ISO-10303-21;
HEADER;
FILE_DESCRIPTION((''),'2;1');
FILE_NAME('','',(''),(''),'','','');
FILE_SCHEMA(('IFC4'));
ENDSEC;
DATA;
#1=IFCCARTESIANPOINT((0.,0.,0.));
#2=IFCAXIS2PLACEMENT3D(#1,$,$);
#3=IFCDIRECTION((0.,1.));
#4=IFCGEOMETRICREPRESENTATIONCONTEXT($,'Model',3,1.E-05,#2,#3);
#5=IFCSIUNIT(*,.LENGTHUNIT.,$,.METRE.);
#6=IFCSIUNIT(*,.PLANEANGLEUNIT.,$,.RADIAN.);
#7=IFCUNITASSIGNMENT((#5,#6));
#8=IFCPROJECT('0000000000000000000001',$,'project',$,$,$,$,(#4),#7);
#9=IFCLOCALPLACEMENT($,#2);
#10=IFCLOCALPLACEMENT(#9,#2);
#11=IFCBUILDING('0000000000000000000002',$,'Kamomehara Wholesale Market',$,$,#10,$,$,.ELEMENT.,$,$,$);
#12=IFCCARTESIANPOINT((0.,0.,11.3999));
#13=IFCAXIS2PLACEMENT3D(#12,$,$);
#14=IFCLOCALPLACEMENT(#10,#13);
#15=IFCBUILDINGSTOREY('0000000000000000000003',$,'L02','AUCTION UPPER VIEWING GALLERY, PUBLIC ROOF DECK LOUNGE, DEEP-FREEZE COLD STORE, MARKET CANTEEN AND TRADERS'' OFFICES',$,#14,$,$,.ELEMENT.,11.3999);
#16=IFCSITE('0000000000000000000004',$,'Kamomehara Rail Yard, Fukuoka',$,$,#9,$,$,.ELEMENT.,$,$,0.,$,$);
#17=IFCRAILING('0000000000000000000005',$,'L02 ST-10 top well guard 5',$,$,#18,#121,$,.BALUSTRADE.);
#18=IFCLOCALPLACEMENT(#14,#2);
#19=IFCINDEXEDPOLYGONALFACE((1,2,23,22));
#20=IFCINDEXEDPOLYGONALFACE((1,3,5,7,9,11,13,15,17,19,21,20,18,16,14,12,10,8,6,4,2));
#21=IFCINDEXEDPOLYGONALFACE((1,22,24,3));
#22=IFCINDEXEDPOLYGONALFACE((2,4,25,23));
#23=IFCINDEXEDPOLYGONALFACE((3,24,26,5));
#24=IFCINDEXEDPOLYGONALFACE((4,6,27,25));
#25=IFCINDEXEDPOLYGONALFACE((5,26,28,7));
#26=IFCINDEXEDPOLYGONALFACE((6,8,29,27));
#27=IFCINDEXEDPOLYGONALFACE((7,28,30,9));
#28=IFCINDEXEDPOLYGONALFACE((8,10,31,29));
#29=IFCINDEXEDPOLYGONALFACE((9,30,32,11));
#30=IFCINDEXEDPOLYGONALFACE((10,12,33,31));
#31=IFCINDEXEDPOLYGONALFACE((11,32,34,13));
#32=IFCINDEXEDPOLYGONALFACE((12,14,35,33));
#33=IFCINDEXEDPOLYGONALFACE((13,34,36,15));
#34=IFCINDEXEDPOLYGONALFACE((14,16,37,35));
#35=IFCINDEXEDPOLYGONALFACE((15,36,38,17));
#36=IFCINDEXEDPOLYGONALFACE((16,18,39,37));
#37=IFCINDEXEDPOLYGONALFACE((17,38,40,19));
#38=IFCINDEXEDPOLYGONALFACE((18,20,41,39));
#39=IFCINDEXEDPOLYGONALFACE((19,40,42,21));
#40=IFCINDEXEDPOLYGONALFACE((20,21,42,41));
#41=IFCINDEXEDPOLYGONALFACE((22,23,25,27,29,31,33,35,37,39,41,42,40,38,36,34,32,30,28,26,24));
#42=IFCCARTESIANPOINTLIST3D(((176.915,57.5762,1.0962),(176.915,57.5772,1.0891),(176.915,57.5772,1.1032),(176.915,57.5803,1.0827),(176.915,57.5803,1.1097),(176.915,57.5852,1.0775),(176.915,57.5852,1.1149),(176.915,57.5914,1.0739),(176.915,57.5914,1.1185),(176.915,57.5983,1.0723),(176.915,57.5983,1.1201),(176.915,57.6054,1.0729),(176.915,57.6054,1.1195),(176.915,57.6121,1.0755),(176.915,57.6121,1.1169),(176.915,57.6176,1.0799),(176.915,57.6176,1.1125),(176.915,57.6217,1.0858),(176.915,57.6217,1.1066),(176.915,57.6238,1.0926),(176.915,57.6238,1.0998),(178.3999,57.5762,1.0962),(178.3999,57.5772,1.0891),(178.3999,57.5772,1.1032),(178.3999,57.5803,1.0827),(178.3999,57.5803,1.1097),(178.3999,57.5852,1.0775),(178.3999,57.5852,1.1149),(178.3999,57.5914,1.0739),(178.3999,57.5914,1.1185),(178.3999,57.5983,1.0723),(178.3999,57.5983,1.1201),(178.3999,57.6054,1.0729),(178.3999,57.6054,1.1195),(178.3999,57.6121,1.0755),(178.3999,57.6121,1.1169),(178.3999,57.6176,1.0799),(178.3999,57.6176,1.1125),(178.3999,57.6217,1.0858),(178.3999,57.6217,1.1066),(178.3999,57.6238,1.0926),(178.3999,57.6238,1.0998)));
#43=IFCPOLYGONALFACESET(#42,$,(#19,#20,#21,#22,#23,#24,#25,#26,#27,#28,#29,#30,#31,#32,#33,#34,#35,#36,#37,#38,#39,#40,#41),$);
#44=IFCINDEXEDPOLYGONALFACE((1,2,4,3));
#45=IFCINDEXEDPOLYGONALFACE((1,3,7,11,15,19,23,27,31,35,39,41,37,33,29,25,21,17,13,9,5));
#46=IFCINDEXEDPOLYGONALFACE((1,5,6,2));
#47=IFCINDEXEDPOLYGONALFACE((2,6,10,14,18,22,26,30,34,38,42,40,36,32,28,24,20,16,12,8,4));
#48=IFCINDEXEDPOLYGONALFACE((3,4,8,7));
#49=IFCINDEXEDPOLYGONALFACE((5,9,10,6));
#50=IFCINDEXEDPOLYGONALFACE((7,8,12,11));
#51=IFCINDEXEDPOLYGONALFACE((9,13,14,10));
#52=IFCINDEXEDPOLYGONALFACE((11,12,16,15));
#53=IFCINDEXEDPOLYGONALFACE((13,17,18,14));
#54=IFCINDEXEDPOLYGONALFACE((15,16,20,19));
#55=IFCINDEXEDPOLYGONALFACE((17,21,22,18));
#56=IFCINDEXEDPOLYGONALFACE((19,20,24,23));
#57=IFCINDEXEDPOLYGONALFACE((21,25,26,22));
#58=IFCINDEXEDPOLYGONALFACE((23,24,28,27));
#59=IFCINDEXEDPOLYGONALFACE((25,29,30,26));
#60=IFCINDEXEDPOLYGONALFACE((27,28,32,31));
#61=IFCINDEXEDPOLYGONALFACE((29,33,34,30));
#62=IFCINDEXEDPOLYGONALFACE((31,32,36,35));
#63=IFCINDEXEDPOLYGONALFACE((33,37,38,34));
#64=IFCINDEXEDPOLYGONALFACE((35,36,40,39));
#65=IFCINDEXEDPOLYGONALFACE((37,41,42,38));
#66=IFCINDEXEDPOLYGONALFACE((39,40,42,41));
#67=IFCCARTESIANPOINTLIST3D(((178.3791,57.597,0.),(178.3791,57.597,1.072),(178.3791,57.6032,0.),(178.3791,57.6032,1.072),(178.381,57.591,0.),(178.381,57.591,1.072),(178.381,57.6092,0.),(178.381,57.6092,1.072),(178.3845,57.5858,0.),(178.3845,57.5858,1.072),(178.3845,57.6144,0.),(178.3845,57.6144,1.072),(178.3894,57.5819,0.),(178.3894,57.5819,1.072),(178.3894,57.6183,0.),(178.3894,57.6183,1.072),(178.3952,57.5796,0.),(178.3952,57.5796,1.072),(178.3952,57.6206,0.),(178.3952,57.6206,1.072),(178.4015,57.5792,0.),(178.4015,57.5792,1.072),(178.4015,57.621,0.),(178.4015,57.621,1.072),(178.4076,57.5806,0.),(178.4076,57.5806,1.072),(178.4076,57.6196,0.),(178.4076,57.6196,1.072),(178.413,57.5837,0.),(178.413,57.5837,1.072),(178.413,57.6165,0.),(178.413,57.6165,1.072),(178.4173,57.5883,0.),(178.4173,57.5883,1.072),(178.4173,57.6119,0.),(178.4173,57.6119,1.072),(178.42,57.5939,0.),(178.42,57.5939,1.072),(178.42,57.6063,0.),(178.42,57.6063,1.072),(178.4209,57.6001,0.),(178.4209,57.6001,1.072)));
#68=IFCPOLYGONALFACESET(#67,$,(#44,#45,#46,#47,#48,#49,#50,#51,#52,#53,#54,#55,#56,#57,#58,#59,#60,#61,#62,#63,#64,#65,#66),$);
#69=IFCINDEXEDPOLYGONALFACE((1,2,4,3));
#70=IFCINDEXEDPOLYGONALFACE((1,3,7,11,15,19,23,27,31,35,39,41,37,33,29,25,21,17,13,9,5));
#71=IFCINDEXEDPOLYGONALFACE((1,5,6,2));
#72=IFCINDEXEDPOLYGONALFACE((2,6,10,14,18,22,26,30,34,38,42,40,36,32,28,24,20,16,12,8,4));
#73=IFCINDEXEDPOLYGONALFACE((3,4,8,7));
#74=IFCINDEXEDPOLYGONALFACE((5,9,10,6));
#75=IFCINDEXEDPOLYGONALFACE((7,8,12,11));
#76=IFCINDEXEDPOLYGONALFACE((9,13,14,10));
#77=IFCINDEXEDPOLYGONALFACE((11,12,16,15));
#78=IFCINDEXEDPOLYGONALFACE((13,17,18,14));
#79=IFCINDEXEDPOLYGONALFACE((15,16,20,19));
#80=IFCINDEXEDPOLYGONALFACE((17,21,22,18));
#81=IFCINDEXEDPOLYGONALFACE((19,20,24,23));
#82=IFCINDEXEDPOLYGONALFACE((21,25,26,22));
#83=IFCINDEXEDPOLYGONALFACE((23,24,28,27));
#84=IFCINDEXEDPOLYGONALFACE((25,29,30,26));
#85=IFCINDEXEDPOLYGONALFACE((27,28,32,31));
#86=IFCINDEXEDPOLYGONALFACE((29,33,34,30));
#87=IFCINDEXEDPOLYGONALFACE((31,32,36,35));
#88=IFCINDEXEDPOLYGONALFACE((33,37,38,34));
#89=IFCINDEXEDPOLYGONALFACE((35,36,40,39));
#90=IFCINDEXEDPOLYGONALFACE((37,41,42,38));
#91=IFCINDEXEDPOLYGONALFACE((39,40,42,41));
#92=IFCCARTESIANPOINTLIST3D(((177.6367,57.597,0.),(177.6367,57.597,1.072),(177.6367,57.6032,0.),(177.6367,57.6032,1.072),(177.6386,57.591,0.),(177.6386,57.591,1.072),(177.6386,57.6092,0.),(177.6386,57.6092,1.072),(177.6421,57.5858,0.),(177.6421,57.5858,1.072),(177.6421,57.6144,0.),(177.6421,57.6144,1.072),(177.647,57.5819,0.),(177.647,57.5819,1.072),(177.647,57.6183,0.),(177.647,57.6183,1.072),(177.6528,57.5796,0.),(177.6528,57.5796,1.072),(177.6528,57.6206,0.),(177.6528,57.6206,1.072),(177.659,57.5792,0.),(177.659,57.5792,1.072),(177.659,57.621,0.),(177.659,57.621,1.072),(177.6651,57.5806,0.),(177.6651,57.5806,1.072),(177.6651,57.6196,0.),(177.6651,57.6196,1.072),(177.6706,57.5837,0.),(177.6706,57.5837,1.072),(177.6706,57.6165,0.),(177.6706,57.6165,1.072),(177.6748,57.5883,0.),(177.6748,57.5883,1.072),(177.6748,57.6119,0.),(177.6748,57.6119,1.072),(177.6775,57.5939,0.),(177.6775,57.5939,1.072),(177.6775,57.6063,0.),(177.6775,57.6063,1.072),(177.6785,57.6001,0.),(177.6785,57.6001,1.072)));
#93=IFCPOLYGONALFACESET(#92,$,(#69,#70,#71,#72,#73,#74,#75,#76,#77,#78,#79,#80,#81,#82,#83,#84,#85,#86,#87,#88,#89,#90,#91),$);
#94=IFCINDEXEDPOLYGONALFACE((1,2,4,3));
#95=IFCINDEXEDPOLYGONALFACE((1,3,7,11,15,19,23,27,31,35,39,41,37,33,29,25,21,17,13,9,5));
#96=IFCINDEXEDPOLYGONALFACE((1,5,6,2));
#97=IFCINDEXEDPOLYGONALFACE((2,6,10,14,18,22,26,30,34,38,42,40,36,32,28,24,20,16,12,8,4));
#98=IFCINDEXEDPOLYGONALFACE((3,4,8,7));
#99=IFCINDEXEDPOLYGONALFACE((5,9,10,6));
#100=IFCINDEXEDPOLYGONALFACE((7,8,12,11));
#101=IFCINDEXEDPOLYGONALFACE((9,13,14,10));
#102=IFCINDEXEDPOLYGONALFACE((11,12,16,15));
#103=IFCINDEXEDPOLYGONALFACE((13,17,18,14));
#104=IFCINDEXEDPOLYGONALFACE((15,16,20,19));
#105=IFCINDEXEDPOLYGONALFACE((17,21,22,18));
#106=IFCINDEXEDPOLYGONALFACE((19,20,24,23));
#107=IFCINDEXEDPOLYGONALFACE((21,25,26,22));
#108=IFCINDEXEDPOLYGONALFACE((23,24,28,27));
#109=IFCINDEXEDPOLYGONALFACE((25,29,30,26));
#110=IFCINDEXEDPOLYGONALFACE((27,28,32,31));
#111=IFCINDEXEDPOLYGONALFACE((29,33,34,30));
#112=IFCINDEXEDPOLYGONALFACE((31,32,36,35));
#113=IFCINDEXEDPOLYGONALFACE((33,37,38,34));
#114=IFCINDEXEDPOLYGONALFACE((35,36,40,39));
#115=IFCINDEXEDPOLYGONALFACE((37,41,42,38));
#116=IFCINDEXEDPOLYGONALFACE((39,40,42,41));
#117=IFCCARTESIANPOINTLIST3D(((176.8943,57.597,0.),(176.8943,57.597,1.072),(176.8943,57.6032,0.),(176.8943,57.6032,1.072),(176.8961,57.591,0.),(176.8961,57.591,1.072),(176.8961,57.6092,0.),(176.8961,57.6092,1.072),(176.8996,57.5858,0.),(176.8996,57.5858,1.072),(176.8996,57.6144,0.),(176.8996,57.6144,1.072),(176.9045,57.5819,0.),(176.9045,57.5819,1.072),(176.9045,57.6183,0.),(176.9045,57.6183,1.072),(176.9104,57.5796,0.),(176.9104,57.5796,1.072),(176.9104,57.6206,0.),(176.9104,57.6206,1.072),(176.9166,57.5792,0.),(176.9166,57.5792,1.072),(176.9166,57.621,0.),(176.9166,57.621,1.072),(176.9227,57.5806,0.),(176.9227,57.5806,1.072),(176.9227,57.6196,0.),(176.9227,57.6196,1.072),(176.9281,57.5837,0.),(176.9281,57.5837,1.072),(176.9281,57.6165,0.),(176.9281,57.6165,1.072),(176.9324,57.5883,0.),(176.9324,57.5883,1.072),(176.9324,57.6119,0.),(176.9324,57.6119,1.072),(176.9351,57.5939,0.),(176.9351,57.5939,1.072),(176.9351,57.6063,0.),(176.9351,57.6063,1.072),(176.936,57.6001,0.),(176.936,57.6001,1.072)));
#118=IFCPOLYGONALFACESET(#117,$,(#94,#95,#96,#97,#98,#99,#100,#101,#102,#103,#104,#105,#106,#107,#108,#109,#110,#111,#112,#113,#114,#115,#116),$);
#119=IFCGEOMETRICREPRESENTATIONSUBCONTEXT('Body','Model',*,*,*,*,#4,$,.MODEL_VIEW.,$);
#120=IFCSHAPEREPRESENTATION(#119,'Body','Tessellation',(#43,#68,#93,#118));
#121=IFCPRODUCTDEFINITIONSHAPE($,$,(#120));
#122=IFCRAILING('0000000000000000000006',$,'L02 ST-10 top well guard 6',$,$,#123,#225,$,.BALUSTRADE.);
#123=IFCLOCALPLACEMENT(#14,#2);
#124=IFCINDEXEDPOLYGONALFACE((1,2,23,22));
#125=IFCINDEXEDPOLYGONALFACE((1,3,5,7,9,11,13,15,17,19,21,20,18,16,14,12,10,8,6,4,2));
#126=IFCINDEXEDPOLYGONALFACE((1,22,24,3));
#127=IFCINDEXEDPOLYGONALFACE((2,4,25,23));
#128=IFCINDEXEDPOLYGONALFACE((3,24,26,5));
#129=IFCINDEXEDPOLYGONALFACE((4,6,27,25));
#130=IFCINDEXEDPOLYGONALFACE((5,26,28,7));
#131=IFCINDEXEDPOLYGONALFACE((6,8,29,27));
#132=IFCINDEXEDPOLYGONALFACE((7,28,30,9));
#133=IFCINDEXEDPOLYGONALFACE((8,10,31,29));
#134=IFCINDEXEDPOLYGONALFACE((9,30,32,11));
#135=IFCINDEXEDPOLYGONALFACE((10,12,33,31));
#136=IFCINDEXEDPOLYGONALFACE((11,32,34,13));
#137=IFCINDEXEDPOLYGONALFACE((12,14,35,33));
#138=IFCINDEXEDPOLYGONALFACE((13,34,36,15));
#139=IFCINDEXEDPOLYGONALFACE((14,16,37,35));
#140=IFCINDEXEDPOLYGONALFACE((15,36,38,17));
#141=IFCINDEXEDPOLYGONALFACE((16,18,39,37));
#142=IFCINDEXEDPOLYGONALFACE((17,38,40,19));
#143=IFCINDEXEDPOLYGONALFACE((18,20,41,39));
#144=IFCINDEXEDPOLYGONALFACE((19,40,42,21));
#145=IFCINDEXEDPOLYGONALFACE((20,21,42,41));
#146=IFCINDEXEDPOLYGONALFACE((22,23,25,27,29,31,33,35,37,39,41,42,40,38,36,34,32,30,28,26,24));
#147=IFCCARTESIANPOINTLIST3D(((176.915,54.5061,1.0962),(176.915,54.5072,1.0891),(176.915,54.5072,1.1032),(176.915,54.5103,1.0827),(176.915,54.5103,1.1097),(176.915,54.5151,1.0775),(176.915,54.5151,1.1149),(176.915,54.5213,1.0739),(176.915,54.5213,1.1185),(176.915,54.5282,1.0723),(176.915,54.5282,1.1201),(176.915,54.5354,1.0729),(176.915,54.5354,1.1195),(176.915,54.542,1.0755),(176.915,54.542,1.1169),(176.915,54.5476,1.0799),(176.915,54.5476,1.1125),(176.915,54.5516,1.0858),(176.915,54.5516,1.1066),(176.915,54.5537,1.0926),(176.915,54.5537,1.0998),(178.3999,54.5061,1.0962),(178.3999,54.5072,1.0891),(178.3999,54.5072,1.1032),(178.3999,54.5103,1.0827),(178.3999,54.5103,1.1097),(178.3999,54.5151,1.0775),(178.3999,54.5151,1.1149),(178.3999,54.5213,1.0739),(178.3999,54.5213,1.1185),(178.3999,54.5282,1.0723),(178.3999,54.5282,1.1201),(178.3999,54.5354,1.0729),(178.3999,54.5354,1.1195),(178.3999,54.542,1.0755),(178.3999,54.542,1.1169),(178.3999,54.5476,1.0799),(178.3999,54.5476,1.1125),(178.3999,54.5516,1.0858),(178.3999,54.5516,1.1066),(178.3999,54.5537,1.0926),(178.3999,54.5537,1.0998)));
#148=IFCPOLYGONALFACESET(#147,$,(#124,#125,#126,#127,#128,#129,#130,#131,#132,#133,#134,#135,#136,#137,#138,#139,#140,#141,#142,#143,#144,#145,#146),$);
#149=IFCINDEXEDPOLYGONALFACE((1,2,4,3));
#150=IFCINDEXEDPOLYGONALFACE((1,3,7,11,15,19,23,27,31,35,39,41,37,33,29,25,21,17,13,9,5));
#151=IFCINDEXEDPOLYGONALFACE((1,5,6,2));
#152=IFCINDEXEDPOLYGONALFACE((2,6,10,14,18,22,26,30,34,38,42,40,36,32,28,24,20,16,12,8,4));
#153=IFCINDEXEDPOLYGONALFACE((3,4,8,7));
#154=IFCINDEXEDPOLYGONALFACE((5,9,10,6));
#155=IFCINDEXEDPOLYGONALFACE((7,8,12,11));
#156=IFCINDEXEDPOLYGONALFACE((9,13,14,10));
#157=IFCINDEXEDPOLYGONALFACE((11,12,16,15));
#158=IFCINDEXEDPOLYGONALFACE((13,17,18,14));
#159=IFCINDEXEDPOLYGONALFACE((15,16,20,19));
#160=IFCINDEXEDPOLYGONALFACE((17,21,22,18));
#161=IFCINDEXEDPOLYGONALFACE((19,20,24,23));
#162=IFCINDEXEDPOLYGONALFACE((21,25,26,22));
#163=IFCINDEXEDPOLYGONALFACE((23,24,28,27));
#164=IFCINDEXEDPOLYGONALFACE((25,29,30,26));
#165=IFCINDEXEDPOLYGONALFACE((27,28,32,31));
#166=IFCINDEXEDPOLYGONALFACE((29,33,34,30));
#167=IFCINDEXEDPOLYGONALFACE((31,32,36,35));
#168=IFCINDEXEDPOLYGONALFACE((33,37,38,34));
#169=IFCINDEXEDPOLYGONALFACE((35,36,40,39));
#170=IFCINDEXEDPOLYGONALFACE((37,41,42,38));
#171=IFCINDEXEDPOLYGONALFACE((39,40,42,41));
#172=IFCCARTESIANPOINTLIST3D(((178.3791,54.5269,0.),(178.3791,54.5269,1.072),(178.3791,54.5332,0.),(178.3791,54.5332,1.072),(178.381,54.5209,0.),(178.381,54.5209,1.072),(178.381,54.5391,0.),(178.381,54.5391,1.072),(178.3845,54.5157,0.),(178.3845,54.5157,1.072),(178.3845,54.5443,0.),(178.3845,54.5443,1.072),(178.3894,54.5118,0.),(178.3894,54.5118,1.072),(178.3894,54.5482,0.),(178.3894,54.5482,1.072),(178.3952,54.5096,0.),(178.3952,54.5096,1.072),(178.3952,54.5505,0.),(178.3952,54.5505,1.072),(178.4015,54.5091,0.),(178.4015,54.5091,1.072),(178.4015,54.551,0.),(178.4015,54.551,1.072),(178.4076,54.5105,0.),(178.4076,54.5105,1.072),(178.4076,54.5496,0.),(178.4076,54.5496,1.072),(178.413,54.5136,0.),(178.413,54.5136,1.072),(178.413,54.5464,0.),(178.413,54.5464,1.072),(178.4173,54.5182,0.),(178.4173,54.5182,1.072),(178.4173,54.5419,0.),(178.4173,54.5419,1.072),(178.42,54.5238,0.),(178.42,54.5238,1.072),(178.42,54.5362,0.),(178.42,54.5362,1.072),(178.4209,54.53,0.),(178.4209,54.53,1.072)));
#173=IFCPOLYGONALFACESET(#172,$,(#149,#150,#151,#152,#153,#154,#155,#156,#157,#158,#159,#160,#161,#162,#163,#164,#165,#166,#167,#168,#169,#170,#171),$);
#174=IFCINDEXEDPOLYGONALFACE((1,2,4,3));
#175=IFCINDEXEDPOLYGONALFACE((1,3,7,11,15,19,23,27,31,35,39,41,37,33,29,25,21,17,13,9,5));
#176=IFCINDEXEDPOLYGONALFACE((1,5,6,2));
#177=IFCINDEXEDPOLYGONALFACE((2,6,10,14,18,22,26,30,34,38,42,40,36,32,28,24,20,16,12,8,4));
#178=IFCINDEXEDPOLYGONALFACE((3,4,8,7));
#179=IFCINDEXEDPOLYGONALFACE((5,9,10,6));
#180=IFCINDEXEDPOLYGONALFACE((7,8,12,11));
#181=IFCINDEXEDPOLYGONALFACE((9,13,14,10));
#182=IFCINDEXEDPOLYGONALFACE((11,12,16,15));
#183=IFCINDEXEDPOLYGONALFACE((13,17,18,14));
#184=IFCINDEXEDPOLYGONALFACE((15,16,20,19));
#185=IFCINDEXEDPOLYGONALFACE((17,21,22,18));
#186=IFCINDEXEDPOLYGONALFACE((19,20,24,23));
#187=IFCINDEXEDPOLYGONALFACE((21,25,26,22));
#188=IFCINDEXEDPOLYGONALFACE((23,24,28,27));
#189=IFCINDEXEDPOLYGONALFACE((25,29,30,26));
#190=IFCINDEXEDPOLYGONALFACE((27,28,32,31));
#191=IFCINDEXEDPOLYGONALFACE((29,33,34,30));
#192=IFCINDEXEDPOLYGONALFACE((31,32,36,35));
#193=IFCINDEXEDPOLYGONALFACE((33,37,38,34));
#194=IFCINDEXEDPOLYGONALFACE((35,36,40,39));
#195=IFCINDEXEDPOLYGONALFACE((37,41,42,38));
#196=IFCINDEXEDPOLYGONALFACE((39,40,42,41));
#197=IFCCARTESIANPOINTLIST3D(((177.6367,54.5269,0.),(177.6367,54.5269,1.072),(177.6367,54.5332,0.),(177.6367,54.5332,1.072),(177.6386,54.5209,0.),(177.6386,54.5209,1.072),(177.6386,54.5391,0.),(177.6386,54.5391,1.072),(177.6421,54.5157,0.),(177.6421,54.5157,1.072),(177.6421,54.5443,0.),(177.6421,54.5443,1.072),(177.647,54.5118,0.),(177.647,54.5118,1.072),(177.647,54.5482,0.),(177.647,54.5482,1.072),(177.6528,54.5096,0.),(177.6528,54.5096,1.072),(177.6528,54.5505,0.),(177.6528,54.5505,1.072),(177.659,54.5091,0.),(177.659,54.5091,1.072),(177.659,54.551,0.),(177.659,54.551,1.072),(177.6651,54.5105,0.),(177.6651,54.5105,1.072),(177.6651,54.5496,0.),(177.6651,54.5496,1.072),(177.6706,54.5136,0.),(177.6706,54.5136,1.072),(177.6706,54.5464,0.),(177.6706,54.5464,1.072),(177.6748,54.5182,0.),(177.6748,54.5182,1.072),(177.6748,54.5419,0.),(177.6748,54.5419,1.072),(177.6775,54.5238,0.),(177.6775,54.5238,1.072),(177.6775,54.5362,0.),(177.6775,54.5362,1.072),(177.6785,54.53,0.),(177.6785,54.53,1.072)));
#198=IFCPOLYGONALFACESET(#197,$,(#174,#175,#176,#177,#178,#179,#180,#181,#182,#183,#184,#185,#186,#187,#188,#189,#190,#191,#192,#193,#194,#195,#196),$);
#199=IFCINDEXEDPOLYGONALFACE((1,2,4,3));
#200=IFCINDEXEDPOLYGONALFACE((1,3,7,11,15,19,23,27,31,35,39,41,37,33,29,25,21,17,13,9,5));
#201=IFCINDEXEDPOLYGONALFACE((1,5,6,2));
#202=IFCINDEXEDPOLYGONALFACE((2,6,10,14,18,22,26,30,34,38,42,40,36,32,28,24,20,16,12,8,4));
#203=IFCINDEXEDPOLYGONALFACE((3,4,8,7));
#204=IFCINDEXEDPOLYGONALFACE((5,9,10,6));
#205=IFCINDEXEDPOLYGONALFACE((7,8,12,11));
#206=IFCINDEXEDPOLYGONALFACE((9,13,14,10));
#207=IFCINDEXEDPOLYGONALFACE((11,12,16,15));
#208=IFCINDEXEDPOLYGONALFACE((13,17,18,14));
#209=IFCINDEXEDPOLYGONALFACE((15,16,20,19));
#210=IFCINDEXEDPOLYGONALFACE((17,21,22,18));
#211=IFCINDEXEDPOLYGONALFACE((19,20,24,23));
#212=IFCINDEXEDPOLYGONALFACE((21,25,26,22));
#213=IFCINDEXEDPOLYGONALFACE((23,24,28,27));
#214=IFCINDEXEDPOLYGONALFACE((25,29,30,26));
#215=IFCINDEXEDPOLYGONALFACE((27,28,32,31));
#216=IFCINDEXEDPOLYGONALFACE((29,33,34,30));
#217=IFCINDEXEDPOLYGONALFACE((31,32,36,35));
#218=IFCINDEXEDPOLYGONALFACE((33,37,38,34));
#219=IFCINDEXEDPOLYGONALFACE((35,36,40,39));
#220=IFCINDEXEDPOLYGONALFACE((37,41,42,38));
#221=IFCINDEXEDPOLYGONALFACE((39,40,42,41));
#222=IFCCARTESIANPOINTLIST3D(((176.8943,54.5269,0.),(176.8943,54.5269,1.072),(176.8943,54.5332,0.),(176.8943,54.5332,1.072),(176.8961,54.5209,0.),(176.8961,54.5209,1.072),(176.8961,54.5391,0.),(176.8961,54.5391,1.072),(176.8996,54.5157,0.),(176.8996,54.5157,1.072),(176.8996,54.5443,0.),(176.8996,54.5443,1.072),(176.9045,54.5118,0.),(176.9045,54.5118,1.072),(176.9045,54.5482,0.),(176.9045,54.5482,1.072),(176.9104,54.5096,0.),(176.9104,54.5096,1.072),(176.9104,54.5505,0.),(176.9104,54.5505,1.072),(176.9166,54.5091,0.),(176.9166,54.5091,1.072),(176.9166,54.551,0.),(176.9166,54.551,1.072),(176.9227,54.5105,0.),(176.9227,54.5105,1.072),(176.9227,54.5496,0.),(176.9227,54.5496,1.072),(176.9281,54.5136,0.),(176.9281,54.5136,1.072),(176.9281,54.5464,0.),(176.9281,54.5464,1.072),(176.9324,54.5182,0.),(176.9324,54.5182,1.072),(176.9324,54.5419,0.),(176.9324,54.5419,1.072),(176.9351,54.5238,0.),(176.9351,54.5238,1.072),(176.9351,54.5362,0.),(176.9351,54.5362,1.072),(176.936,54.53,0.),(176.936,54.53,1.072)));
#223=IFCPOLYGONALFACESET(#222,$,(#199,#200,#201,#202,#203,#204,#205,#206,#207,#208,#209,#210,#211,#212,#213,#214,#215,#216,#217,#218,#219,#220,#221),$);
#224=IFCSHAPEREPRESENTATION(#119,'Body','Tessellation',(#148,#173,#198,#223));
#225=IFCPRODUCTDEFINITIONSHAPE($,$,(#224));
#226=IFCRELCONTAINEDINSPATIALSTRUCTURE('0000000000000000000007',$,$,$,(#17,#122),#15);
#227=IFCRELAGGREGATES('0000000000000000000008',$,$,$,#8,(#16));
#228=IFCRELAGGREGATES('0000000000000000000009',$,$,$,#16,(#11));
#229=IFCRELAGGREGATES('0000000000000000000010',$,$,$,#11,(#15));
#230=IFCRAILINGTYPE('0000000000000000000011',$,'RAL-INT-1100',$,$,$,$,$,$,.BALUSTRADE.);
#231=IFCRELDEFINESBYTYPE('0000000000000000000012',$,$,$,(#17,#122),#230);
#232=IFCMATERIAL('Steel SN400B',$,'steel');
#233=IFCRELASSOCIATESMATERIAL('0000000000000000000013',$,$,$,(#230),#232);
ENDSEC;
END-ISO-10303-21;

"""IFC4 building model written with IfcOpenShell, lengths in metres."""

from ifc_helpers import new_model, si_unit, direction, frame, origin, origin_2d, place, context, subcontext, project, spatial, circle, extrude, material, type_object, element, save


model = new_model("IFC4")

# Units and contexts
model_context = context("Model", 3, precision=1e-05, world=origin(), true_north=direction((0.0, 1.0)))
body_context = subcontext(model_context, "Body", "Model", "MODEL_VIEW")
ifc_project = project(units=[si_unit("LENGTHUNIT", "METRE"), si_unit("PLANEANGLEUNIT", "RADIAN")], contexts=[model_context])

# Site, building, storey
site_placement = place(None, origin())
site = spatial("IfcSite", under=ifc_project, at=site_placement, Name="Kamomehara Rail Yard, Fukuoka", CompositionType="ELEMENT", RefElevation=0.0)
building_placement = place(site_placement, origin())
building = spatial("IfcBuilding", under=site, at=building_placement, Name="Kamomehara Wholesale Market", CompositionType="ELEMENT")
storey_placement = place(building_placement, frame((0.0, 0.0, 11.3999)))
storey = spatial("IfcBuildingStorey", under=building, at=storey_placement, Name="L02", Description="AUCTION UPPER VIEWING GALLERY, PUBLIC ROOF DECK LOUNGE, DEEP-FREEZE COLD STORE, MARKET CANTEEN AND TRADERS' OFFICES", CompositionType="ELEMENT", Elevation=11.3999)

# Railings
ifc_material_1 = material(Name="Steel SN400B", Category="steel")
railing_type = type_object("IfcRailingType", Name="RAL-INT-1100", PredefinedType="BALUSTRADE", material=ifc_material_1)
for number, where, name in (
    (1, (178.3999, 57.6001, 0.0), "L02 ST-10 top well guard 5"),
    (2, (178.3999, 54.53, 0.0), "L02 ST-10 top well guard 6"),
):
    element("IfcRailing", number, at=place(storey_placement, frame(where)), inside=storey, type_object=railing_type, Name=name, PredefinedType="BALUSTRADE", context=body_context, shape_type="SweptSolid", body=[
        extrude(circle(Radius=0.0239, at=origin_2d()), frame((0.0, 0.0, 1.0962), z_axis=(-1.0, 0.0, 0.0), x_axis=(0.0, -1.0, 0.0)), (0.0, 0.0, 1.0), 1.4849),
        extrude(circle(Radius=0.021, at=origin_2d()), origin(), (0.0, 0.0, 1.0), 1.072),
        extrude(circle(Radius=0.021, at=origin_2d()), frame((-0.7424, 0.0, 0.0)), (0.0, 0.0, 1.0), 1.072),
        extrude(circle(Radius=0.021, at=origin_2d()), frame((-1.4849, 0.0, 0.0)), (0.0, 0.0, 1.0), 1.072),
    ])

save(model, "model.ifc")
